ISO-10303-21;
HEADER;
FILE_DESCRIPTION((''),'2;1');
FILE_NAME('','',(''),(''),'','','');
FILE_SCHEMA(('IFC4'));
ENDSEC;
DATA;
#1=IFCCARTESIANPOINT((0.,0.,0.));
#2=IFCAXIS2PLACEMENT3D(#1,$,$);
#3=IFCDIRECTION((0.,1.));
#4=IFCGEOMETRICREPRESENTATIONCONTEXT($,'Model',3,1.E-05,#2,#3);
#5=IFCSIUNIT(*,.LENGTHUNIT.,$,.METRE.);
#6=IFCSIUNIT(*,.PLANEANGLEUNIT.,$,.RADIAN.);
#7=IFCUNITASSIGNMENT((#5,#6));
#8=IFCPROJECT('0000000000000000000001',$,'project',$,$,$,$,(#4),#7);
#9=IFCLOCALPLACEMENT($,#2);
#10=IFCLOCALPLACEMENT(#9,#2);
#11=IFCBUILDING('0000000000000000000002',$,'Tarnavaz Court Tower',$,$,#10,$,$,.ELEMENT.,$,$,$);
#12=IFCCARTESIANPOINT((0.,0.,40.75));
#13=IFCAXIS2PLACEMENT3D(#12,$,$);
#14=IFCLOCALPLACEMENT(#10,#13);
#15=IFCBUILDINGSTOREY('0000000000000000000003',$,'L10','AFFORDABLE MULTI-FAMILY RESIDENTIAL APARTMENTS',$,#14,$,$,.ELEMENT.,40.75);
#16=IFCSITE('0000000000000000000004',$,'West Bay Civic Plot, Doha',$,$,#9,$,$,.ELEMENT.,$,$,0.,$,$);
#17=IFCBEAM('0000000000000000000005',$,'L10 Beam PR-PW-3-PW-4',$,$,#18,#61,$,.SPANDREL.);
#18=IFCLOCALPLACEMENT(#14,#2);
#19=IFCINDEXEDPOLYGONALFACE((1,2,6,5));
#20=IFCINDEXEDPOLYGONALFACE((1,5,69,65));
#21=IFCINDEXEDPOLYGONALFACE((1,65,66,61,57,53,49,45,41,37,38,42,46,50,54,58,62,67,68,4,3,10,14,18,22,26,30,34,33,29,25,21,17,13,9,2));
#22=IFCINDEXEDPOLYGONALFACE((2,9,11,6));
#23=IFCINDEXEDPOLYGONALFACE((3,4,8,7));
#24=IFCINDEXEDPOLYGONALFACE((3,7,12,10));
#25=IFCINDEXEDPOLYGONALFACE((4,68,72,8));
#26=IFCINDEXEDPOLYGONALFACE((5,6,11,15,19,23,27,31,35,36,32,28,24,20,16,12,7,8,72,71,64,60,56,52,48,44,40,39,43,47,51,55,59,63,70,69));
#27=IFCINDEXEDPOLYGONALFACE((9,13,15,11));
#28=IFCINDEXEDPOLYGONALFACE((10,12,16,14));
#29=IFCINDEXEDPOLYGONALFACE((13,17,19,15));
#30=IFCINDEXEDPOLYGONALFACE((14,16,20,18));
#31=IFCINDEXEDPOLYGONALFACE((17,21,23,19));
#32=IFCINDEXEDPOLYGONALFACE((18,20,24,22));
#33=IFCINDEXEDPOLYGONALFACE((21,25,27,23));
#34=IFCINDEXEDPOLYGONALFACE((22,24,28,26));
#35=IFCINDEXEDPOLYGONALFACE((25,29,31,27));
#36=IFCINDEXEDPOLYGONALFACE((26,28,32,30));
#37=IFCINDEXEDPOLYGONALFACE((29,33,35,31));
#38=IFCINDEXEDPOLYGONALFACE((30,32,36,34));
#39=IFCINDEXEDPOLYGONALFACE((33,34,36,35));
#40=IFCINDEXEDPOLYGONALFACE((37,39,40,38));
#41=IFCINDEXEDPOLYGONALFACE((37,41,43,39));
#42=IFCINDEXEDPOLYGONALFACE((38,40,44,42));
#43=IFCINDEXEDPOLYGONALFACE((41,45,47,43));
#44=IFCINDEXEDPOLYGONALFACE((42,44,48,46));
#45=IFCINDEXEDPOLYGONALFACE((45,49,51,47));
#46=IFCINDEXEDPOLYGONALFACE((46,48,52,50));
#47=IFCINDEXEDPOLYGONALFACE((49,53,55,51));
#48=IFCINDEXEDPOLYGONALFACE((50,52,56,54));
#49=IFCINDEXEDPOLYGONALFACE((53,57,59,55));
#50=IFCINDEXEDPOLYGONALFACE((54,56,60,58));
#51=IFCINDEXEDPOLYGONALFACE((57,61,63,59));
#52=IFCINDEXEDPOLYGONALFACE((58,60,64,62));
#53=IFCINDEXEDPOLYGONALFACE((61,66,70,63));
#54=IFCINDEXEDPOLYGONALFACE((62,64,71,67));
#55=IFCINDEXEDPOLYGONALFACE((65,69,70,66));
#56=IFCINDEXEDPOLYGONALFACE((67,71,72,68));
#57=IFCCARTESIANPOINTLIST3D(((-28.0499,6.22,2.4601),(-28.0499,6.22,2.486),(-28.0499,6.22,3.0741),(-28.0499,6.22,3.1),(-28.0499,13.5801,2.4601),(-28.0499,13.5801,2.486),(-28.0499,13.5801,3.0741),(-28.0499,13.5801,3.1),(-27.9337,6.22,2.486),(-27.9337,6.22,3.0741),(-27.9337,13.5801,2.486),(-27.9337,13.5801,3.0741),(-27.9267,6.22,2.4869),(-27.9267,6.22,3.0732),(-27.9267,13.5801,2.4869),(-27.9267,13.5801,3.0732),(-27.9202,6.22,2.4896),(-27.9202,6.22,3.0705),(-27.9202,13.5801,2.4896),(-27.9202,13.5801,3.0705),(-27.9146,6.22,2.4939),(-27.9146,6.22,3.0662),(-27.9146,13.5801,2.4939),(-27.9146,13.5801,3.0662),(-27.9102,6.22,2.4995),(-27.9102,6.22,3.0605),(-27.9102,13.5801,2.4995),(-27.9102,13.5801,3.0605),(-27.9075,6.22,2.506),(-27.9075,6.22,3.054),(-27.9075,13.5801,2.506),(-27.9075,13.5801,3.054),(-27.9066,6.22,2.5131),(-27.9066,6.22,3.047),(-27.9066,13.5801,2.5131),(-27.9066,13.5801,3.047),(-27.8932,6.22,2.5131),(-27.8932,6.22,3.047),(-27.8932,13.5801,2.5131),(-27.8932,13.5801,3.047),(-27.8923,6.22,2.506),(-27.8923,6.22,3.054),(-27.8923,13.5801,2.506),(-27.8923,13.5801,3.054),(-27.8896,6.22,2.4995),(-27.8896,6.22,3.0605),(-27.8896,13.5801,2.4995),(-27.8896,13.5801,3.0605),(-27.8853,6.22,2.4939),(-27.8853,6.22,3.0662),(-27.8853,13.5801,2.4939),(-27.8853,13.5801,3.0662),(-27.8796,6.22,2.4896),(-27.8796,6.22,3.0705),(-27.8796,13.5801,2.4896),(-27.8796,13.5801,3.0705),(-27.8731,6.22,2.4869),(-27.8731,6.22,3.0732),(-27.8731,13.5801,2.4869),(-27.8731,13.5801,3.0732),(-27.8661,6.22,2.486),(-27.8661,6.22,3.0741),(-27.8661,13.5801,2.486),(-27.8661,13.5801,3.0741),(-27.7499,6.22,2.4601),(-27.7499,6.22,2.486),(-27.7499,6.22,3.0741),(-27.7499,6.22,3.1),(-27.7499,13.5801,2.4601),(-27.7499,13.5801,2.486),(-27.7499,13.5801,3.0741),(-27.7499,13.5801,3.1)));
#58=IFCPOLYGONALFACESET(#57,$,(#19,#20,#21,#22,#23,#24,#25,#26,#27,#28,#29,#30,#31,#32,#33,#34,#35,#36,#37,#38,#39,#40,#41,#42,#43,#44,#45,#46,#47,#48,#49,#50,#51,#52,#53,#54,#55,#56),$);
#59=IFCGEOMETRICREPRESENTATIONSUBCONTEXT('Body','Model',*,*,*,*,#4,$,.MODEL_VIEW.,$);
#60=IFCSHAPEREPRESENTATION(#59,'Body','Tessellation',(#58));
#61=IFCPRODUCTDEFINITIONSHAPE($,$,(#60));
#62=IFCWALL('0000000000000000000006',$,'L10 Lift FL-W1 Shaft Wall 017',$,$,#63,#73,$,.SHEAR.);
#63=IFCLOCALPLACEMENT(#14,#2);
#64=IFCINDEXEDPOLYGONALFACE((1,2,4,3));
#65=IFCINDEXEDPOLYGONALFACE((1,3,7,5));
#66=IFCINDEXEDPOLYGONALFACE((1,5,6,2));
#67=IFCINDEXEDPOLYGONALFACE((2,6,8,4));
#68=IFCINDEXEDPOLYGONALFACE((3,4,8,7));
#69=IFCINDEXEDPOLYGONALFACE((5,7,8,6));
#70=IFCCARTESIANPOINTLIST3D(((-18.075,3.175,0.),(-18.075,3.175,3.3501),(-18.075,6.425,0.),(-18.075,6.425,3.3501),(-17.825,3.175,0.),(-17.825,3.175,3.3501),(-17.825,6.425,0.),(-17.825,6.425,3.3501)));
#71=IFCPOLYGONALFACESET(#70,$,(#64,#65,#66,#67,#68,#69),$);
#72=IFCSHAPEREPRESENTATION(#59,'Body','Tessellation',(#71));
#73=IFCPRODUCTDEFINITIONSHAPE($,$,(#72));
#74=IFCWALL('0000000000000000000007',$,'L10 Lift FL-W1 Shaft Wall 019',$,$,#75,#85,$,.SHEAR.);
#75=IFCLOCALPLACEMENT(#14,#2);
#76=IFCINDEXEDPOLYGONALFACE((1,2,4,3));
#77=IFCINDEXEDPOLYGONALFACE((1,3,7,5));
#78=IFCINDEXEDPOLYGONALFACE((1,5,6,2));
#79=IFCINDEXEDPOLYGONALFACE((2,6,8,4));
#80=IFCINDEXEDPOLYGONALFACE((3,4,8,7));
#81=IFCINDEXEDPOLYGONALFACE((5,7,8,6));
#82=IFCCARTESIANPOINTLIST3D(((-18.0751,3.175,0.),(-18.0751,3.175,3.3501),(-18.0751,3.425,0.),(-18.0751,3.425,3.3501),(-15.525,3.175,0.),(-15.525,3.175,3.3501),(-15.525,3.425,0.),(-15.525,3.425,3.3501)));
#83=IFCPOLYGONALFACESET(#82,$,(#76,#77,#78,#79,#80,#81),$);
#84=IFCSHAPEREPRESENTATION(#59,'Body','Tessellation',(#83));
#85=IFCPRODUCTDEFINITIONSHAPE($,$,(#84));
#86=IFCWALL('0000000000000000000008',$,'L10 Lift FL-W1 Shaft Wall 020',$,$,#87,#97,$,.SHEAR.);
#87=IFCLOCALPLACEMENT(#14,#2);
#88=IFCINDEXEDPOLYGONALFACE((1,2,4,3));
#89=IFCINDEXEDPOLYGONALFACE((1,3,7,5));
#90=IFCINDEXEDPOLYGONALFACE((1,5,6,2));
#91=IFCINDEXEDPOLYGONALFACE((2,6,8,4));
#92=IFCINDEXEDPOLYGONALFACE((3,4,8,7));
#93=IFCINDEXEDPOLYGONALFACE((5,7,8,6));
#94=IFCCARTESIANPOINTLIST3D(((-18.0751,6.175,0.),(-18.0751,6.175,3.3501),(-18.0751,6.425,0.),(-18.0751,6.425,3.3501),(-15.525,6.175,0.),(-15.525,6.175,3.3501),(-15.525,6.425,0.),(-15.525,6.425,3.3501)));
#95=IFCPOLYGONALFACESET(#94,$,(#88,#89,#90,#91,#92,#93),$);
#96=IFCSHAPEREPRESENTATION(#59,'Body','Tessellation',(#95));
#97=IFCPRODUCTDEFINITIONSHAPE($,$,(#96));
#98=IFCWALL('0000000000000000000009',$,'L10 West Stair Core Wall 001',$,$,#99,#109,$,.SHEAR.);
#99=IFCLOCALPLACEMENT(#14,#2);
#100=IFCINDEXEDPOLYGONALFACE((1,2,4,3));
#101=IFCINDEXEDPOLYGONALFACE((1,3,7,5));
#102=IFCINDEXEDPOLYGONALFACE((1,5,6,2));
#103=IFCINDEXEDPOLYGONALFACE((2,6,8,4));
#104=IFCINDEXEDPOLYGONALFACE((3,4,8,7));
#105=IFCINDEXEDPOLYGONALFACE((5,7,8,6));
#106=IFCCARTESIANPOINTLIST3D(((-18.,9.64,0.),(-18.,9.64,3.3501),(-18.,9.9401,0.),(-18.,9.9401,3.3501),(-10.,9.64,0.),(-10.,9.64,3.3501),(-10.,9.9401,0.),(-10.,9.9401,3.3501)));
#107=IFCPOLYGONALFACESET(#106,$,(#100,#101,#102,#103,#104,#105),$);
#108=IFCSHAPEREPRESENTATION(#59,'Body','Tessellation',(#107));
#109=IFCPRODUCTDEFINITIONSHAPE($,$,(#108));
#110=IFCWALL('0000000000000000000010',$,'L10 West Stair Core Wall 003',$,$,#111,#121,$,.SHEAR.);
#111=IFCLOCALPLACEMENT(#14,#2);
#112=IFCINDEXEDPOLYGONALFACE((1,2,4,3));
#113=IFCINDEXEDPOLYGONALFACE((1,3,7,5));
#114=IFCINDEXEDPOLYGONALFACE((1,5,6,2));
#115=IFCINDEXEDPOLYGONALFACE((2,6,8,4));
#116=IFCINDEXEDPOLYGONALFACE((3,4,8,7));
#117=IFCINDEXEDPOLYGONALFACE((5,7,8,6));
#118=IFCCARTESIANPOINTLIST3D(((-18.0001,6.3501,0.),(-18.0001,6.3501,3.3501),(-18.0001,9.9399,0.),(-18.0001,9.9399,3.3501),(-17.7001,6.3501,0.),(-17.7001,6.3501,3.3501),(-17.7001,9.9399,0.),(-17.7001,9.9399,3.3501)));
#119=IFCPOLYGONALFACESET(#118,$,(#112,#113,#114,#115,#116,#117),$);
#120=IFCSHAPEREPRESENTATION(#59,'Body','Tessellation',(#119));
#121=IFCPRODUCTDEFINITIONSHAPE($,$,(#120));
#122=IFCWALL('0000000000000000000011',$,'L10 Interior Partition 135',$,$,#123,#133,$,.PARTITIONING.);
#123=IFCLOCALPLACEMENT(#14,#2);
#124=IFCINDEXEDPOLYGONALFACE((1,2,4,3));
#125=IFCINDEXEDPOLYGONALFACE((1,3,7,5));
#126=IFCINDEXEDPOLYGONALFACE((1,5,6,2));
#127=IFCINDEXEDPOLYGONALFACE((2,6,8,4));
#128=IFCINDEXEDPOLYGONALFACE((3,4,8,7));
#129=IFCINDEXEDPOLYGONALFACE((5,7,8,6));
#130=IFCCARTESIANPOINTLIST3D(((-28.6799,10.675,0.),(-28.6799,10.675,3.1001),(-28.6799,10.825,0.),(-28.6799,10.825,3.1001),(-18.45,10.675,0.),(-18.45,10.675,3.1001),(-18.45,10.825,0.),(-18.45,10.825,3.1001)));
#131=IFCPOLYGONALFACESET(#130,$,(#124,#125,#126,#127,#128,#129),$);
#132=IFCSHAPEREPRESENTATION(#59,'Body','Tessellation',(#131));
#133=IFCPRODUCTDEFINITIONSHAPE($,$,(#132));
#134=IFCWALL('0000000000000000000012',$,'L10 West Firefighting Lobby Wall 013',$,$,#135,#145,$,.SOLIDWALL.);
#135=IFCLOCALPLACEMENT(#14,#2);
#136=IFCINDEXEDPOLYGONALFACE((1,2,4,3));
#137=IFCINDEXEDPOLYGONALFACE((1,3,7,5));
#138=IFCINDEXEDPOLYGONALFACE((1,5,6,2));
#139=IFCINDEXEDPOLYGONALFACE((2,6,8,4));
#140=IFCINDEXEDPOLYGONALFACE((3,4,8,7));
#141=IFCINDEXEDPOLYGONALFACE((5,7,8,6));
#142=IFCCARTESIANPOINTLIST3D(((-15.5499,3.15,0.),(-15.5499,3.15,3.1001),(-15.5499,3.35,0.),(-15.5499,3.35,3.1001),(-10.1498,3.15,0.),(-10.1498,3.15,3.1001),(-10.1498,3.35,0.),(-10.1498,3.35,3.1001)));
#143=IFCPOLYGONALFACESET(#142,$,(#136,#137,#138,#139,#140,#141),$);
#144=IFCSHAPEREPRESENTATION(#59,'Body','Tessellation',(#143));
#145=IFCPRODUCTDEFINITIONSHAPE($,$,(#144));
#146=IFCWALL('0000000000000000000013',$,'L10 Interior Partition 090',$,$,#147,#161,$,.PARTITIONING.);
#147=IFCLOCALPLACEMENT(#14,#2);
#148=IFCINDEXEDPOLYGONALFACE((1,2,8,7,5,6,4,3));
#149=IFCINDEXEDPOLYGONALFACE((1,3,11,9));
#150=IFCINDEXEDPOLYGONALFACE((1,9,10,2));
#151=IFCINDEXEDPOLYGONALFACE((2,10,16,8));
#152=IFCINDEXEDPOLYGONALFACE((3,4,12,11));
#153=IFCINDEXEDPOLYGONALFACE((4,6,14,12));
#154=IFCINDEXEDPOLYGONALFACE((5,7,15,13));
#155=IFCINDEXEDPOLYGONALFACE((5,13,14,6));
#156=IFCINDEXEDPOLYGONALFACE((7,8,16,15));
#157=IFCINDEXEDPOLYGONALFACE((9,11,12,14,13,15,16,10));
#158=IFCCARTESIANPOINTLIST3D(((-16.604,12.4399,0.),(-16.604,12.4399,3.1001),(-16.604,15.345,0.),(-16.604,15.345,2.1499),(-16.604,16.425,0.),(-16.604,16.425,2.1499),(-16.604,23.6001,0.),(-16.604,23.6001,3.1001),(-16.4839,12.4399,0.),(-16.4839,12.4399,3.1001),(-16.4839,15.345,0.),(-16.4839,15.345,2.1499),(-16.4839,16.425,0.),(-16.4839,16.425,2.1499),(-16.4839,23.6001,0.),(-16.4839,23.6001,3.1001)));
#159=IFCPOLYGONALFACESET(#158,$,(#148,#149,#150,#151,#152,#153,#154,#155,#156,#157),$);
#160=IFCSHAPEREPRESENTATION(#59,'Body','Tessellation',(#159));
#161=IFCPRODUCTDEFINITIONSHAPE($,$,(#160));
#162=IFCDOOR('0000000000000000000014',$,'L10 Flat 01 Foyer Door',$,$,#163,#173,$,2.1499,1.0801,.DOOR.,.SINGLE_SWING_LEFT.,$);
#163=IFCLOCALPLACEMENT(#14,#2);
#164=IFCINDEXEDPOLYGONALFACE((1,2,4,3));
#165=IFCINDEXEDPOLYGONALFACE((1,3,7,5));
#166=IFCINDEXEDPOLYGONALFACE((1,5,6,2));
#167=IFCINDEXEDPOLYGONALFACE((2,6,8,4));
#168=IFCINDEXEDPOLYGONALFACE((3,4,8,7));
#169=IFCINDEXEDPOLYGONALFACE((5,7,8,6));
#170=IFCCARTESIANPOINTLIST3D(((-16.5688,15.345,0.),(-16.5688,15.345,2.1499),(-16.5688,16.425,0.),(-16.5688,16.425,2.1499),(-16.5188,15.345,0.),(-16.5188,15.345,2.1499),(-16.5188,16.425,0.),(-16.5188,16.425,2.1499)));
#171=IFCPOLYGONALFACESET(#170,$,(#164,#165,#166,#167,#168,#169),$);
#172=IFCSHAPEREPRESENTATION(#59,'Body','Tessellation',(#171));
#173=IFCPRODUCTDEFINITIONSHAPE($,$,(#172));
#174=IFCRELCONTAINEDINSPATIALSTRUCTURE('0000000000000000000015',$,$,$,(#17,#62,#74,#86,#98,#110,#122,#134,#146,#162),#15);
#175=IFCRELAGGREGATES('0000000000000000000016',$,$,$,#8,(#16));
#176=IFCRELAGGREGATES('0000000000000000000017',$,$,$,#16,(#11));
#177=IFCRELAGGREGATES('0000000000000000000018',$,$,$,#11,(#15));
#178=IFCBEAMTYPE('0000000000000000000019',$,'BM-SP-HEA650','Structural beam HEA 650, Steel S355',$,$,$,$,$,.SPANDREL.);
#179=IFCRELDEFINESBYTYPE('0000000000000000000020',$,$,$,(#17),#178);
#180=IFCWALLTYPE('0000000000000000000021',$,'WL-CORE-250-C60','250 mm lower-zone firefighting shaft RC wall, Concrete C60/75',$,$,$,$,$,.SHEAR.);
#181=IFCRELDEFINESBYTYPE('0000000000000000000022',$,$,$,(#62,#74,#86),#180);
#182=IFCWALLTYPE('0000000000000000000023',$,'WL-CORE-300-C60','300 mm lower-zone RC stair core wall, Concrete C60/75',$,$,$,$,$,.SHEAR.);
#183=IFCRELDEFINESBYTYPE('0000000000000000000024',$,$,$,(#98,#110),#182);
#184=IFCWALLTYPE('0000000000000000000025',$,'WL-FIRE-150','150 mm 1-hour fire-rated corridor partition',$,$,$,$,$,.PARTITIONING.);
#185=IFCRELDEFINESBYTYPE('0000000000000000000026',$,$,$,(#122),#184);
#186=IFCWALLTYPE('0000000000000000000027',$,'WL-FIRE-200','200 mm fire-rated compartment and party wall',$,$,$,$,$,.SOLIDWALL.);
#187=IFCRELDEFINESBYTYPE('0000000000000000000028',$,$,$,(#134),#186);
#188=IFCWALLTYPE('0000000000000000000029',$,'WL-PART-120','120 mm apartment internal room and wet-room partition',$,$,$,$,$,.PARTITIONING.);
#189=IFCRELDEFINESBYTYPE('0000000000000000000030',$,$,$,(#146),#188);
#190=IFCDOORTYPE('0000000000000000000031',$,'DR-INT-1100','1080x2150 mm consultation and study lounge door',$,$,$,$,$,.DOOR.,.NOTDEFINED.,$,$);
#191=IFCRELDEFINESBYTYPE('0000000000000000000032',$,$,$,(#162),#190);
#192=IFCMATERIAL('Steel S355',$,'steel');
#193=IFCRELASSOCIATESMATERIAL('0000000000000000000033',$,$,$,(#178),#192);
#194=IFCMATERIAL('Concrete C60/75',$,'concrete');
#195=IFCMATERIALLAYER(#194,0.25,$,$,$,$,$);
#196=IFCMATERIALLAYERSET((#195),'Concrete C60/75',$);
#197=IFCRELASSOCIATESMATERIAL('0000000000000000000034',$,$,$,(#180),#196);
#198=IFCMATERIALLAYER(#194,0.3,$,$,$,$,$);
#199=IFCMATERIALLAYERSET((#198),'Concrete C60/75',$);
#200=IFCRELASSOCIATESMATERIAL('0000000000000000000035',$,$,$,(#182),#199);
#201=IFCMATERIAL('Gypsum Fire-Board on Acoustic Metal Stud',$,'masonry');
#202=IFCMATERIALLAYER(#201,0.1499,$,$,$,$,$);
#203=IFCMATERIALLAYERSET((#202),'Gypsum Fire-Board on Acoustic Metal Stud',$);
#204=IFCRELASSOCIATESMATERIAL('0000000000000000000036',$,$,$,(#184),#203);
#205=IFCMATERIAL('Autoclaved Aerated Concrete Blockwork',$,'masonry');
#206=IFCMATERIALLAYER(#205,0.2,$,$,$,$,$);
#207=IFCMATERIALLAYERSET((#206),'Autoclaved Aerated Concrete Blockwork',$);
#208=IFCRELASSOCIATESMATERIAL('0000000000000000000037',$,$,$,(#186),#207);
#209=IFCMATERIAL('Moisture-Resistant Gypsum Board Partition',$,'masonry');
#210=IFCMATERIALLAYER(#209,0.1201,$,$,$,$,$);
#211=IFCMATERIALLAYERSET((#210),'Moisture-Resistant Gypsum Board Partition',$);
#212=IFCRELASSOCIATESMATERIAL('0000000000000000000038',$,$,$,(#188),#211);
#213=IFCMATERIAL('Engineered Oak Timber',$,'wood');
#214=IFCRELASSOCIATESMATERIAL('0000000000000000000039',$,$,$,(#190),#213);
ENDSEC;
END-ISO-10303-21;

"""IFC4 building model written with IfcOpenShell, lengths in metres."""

from ifc_helpers import new_model, si_unit, direction, frame, frame_2d, origin, origin_2d, place, context, subcontext, project, spatial, rectangle, i_section, extrude, material, layer, layer_set, material_profile, profile_set, type_object, element, fill, save


model = new_model("IFC4")

# Units and contexts
model_context = context("Model", 3, precision=1e-05, world=origin(), true_north=direction((0.0, 1.0)))
body_context = subcontext(model_context, "Body", "Model", "MODEL_VIEW")
ifc_project = project(units=[si_unit("LENGTHUNIT", "METRE"), si_unit("PLANEANGLEUNIT", "RADIAN")], contexts=[model_context])

# Site, building, storey
site_placement = place(None, origin())
site = spatial("IfcSite", under=ifc_project, at=site_placement, Name="West Bay Civic Plot, Doha", CompositionType="ELEMENT", RefElevation=0.0)
building_placement = place(site_placement, origin())
building = spatial("IfcBuilding", under=site, at=building_placement, Name="Tarnavaz Court Tower", CompositionType="ELEMENT")
storey_placement = place(building_placement, frame((0.0, 0.0, 40.75)))
storey = spatial("IfcBuildingStorey", under=building, at=storey_placement, Name="L10", Description="AFFORDABLE MULTI-FAMILY RESIDENTIAL APARTMENTS", CompositionType="ELEMENT", Elevation=40.75)

# Shared definitions
ifc_material_1 = material(Name="Concrete C60/75", Category="concrete")

# Beam
ifc_material_2 = material(Name="Steel S355", Category="steel")
ifc_material_profile_1 = material_profile(ifc_material_2, i_section(OverallWidth=0.3, OverallDepth=0.6399, WebThickness=0.0134, FlangeThickness=0.0259, FilletRadius=0.0271, at=origin_2d()), Name="HEA 650")
ifc_profile_set_1 = profile_set([ifc_material_profile_1], Name="Steel S355")
beam_type_1 = type_object("IfcBeamType", Name="BM-SP-HEA650", Description="Structural beam HEA 650, Steel S355", PredefinedType="SPANDREL", material=ifc_profile_set_1)
beam_1_placement = place(storey_placement, frame((-27.8999, 6.22, 2.78), z_axis=(0.0, 1.0, 0.0), x_axis=(-1.0, 0.0, 0.0)))
element("IfcBeam", 1, at=beam_1_placement, inside=storey, type_object=beam_type_1, Name="L10 Beam PR-PW-3-PW-4", PredefinedType="SPANDREL", context=body_context, shape_type="SweptSolid", body=[
    extrude(i_section(OverallWidth=0.3, OverallDepth=0.6399, WebThickness=0.0134, FlangeThickness=0.0259, FilletRadius=0.0271, at=origin_2d()), origin(), (0.0, 0.0, 1.0), 7.3601),
])

# Wall
ifc_layer_1 = layer(ifc_material_1, 0.25)
ifc_layer_set_1 = layer_set([ifc_layer_1], Name="Concrete C60/75")
wall_type_1 = type_object("IfcWallType", Name="WL-CORE-250-C60", Description="250 mm lower-zone firefighting shaft RC wall, Concrete C60/75", PredefinedType="SHEAR", material=ifc_layer_set_1)
wall_1_placement = place(storey_placement, frame((-17.95, 3.175, 0.0), z_axis=(0.0, 0.0, 1.0), x_axis=(0.0, 1.0, 0.0)))
element("IfcWall", 2, at=wall_1_placement, inside=storey, type_object=wall_type_1, Name="L10 Lift FL-W1 Shaft Wall 017", PredefinedType="SHEAR", context=body_context, shape_type="SweptSolid", body=[
    extrude(rectangle(XDim=3.25, YDim=0.25, at=frame_2d((1.625, 0.0))), origin(), (0.0, 0.0, 1.0), 3.3501),
])

# Walls
for number, where, z_axis, x_axis, name in (
    (3, (-18.075, 3.3, 0.0), (0.0, 0.0, 1.0), (1.0, 0.0, 0.0), "L10 Lift FL-W1 Shaft Wall 019"),
    (4, (-18.075, 6.3, 0.0), (0.0, 0.0, 1.0), (1.0, 0.0, 0.0), "L10 Lift FL-W1 Shaft Wall 020"),
):
    element("IfcWall", number, at=place(storey_placement, frame(where, z_axis=z_axis, x_axis=x_axis)), inside=storey, type_object=wall_type_1, Name=name, PredefinedType="SHEAR", context=body_context, shape_type="SweptSolid", body=[
        extrude(rectangle(XDim=2.55, YDim=0.25, at=frame_2d((1.2749, 0.0))), origin(), (0.0, 0.0, 1.0), 3.3501),
    ])
ifc_layer_2 = layer(ifc_material_1, 0.3)
ifc_layer_set_2 = layer_set([ifc_layer_2], Name="Concrete C60/75")
wall_type_2 = type_object("IfcWallType", Name="WL-CORE-300-C60", Description="300 mm lower-zone RC stair core wall, Concrete C60/75", PredefinedType="SHEAR", material=ifc_layer_set_2)
wall_2_placement = place(storey_placement, frame((-18.0, 9.79, 0.0), z_axis=(0.0, 0.0, 1.0), x_axis=(1.0, 0.0, 0.0)))
element("IfcWall", 5, at=wall_2_placement, inside=storey, type_object=wall_type_2, Name="L10 West Stair Core Wall 001", PredefinedType="SHEAR", context=body_context, shape_type="SweptSolid", body=[
    extrude(rectangle(XDim=8.0, YDim=0.3, at=frame_2d((4.0, 0.0))), origin(), (0.0, 0.0, 1.0), 3.3501),
])

# Walls
wall_3_placement = place(storey_placement, frame((-17.8501, 6.3501, 0.0), z_axis=(0.0, 0.0, 1.0), x_axis=(0.0, 1.0, 0.0)))
element("IfcWall", 6, at=wall_3_placement, inside=storey, type_object=wall_type_2, Name="L10 West Stair Core Wall 003", PredefinedType="SHEAR", context=body_context, shape_type="SweptSolid", body=[
    extrude(rectangle(XDim=3.5898, YDim=0.3, at=frame_2d((1.7949, 0.0))), origin(), (0.0, 0.0, 1.0), 3.3501),
])
ifc_material_3 = material(Name="Gypsum Fire-Board on Acoustic Metal Stud", Category="masonry")
ifc_layer_3 = layer(ifc_material_3, 0.1499)
ifc_layer_set_3 = layer_set([ifc_layer_3], Name="Gypsum Fire-Board on Acoustic Metal Stud")
wall_type_3 = type_object("IfcWallType", Name="WL-FIRE-150", Description="150 mm 1-hour fire-rated corridor partition", PredefinedType="PARTITIONING", material=ifc_layer_set_3)
wall_4_placement = place(storey_placement, frame((-28.6799, 10.75, 0.0), z_axis=(0.0, 0.0, 1.0), x_axis=(1.0, 0.0, 0.0)))
element("IfcWall", 7, at=wall_4_placement, inside=storey, type_object=wall_type_3, Name="L10 Interior Partition 135", PredefinedType="PARTITIONING", context=body_context, shape_type="SweptSolid", body=[
    extrude(rectangle(XDim=10.23, YDim=0.1499, at=frame_2d((5.115, 0.0))), origin(), (0.0, 0.0, 1.0), 3.1001),
])
ifc_material_4 = material(Name="Autoclaved Aerated Concrete Blockwork", Category="masonry")
ifc_layer_4 = layer(ifc_material_4, 0.2)
ifc_layer_set_4 = layer_set([ifc_layer_4], Name="Autoclaved Aerated Concrete Blockwork")
wall_type_4 = type_object("IfcWallType", Name="WL-FIRE-200", Description="200 mm fire-rated compartment and party wall", PredefinedType="SOLIDWALL", material=ifc_layer_set_4)
wall_5_placement = place(storey_placement, frame((-15.55, 3.25, 0.0), z_axis=(0.0, 0.0, 1.0), x_axis=(1.0, 0.0, 0.0)))
element("IfcWall", 8, at=wall_5_placement, inside=storey, type_object=wall_type_4, Name="L10 West Firefighting Lobby Wall 013", PredefinedType="SOLIDWALL", context=body_context, shape_type="SweptSolid", body=[
    extrude(rectangle(XDim=5.4001, YDim=0.2, at=frame_2d((2.7002, 0.0))), origin(), (0.0, 0.0, 1.0), 3.1001),
])

# Wall, opening, door
ifc_material_5 = material(Name="Moisture-Resistant Gypsum Board Partition", Category="masonry")
ifc_layer_5 = layer(ifc_material_5, 0.1201)
ifc_layer_set_5 = layer_set([ifc_layer_5], Name="Moisture-Resistant Gypsum Board Partition")
wall_type_5 = type_object("IfcWallType", Name="WL-PART-120", Description="120 mm apartment internal room and wet-room partition", PredefinedType="PARTITIONING", material=ifc_layer_set_5)
wall_6_placement = place(storey_placement, frame((-16.5439, 12.4399, 0.0), z_axis=(0.0, 0.0, 1.0), x_axis=(0.0, 1.0, 0.0)))
wall_6 = element("IfcWall", 9, at=wall_6_placement, inside=storey, type_object=wall_type_5, Name="L10 Interior Partition 090", PredefinedType="PARTITIONING", context=body_context, shape_type="SweptSolid", body=[
    extrude(rectangle(XDim=11.1602, YDim=0.1201, at=frame_2d((5.5801, 0.0))), origin(), (0.0, 0.0, 1.0), 3.1001),
])
opening_1_placement = place(wall_6_placement, frame((2.905, 0.0, 0.0)))
opening_1 = element("IfcOpeningElement", 10, at=opening_1_placement, cuts=wall_6, PredefinedType="OPENING", context=body_context, shape_type="SweptSolid", body=[
    extrude(rectangle(XDim=1.0801, YDim=2.1499, at=frame_2d((0.54, 1.075))), frame((0.0, 0.0701, 0.0), z_axis=(0.0, -1.0, 0.0), x_axis=(1.0, 0.0, 0.0)), (0.0, 0.0, 1.0), 0.1401),
])
ifc_material_6 = material(Name="Engineered Oak Timber", Category="wood")
door_type_1 = type_object("IfcDoorType", Name="DR-INT-1100", Description="1080x2150 mm consultation and study lounge door", OperationType="NOTDEFINED", PredefinedType="DOOR", material=ifc_material_6)
door_1_placement = place(opening_1_placement, origin())
door_1 = element("IfcDoor", 11, at=door_1_placement, inside=storey, type_object=door_type_1, Name="L10 Flat 01 Foyer Door", OperationType="SINGLE_SWING_LEFT", OverallHeight=2.1499, OverallWidth=1.0801, PredefinedType="DOOR", context=body_context, shape_type="SweptSolid", body=[
    extrude(rectangle(XDim=1.0801, YDim=2.1499, at=frame_2d((0.54, 1.075))), frame((0.0, 0.0249, 0.0), z_axis=(0.0, -1.0, 0.0), x_axis=(1.0, 0.0, 0.0)), (0.0, 0.0, 1.0), 0.05),
])
fill(opening_1, door_1)

save(model, "model.ifc")
